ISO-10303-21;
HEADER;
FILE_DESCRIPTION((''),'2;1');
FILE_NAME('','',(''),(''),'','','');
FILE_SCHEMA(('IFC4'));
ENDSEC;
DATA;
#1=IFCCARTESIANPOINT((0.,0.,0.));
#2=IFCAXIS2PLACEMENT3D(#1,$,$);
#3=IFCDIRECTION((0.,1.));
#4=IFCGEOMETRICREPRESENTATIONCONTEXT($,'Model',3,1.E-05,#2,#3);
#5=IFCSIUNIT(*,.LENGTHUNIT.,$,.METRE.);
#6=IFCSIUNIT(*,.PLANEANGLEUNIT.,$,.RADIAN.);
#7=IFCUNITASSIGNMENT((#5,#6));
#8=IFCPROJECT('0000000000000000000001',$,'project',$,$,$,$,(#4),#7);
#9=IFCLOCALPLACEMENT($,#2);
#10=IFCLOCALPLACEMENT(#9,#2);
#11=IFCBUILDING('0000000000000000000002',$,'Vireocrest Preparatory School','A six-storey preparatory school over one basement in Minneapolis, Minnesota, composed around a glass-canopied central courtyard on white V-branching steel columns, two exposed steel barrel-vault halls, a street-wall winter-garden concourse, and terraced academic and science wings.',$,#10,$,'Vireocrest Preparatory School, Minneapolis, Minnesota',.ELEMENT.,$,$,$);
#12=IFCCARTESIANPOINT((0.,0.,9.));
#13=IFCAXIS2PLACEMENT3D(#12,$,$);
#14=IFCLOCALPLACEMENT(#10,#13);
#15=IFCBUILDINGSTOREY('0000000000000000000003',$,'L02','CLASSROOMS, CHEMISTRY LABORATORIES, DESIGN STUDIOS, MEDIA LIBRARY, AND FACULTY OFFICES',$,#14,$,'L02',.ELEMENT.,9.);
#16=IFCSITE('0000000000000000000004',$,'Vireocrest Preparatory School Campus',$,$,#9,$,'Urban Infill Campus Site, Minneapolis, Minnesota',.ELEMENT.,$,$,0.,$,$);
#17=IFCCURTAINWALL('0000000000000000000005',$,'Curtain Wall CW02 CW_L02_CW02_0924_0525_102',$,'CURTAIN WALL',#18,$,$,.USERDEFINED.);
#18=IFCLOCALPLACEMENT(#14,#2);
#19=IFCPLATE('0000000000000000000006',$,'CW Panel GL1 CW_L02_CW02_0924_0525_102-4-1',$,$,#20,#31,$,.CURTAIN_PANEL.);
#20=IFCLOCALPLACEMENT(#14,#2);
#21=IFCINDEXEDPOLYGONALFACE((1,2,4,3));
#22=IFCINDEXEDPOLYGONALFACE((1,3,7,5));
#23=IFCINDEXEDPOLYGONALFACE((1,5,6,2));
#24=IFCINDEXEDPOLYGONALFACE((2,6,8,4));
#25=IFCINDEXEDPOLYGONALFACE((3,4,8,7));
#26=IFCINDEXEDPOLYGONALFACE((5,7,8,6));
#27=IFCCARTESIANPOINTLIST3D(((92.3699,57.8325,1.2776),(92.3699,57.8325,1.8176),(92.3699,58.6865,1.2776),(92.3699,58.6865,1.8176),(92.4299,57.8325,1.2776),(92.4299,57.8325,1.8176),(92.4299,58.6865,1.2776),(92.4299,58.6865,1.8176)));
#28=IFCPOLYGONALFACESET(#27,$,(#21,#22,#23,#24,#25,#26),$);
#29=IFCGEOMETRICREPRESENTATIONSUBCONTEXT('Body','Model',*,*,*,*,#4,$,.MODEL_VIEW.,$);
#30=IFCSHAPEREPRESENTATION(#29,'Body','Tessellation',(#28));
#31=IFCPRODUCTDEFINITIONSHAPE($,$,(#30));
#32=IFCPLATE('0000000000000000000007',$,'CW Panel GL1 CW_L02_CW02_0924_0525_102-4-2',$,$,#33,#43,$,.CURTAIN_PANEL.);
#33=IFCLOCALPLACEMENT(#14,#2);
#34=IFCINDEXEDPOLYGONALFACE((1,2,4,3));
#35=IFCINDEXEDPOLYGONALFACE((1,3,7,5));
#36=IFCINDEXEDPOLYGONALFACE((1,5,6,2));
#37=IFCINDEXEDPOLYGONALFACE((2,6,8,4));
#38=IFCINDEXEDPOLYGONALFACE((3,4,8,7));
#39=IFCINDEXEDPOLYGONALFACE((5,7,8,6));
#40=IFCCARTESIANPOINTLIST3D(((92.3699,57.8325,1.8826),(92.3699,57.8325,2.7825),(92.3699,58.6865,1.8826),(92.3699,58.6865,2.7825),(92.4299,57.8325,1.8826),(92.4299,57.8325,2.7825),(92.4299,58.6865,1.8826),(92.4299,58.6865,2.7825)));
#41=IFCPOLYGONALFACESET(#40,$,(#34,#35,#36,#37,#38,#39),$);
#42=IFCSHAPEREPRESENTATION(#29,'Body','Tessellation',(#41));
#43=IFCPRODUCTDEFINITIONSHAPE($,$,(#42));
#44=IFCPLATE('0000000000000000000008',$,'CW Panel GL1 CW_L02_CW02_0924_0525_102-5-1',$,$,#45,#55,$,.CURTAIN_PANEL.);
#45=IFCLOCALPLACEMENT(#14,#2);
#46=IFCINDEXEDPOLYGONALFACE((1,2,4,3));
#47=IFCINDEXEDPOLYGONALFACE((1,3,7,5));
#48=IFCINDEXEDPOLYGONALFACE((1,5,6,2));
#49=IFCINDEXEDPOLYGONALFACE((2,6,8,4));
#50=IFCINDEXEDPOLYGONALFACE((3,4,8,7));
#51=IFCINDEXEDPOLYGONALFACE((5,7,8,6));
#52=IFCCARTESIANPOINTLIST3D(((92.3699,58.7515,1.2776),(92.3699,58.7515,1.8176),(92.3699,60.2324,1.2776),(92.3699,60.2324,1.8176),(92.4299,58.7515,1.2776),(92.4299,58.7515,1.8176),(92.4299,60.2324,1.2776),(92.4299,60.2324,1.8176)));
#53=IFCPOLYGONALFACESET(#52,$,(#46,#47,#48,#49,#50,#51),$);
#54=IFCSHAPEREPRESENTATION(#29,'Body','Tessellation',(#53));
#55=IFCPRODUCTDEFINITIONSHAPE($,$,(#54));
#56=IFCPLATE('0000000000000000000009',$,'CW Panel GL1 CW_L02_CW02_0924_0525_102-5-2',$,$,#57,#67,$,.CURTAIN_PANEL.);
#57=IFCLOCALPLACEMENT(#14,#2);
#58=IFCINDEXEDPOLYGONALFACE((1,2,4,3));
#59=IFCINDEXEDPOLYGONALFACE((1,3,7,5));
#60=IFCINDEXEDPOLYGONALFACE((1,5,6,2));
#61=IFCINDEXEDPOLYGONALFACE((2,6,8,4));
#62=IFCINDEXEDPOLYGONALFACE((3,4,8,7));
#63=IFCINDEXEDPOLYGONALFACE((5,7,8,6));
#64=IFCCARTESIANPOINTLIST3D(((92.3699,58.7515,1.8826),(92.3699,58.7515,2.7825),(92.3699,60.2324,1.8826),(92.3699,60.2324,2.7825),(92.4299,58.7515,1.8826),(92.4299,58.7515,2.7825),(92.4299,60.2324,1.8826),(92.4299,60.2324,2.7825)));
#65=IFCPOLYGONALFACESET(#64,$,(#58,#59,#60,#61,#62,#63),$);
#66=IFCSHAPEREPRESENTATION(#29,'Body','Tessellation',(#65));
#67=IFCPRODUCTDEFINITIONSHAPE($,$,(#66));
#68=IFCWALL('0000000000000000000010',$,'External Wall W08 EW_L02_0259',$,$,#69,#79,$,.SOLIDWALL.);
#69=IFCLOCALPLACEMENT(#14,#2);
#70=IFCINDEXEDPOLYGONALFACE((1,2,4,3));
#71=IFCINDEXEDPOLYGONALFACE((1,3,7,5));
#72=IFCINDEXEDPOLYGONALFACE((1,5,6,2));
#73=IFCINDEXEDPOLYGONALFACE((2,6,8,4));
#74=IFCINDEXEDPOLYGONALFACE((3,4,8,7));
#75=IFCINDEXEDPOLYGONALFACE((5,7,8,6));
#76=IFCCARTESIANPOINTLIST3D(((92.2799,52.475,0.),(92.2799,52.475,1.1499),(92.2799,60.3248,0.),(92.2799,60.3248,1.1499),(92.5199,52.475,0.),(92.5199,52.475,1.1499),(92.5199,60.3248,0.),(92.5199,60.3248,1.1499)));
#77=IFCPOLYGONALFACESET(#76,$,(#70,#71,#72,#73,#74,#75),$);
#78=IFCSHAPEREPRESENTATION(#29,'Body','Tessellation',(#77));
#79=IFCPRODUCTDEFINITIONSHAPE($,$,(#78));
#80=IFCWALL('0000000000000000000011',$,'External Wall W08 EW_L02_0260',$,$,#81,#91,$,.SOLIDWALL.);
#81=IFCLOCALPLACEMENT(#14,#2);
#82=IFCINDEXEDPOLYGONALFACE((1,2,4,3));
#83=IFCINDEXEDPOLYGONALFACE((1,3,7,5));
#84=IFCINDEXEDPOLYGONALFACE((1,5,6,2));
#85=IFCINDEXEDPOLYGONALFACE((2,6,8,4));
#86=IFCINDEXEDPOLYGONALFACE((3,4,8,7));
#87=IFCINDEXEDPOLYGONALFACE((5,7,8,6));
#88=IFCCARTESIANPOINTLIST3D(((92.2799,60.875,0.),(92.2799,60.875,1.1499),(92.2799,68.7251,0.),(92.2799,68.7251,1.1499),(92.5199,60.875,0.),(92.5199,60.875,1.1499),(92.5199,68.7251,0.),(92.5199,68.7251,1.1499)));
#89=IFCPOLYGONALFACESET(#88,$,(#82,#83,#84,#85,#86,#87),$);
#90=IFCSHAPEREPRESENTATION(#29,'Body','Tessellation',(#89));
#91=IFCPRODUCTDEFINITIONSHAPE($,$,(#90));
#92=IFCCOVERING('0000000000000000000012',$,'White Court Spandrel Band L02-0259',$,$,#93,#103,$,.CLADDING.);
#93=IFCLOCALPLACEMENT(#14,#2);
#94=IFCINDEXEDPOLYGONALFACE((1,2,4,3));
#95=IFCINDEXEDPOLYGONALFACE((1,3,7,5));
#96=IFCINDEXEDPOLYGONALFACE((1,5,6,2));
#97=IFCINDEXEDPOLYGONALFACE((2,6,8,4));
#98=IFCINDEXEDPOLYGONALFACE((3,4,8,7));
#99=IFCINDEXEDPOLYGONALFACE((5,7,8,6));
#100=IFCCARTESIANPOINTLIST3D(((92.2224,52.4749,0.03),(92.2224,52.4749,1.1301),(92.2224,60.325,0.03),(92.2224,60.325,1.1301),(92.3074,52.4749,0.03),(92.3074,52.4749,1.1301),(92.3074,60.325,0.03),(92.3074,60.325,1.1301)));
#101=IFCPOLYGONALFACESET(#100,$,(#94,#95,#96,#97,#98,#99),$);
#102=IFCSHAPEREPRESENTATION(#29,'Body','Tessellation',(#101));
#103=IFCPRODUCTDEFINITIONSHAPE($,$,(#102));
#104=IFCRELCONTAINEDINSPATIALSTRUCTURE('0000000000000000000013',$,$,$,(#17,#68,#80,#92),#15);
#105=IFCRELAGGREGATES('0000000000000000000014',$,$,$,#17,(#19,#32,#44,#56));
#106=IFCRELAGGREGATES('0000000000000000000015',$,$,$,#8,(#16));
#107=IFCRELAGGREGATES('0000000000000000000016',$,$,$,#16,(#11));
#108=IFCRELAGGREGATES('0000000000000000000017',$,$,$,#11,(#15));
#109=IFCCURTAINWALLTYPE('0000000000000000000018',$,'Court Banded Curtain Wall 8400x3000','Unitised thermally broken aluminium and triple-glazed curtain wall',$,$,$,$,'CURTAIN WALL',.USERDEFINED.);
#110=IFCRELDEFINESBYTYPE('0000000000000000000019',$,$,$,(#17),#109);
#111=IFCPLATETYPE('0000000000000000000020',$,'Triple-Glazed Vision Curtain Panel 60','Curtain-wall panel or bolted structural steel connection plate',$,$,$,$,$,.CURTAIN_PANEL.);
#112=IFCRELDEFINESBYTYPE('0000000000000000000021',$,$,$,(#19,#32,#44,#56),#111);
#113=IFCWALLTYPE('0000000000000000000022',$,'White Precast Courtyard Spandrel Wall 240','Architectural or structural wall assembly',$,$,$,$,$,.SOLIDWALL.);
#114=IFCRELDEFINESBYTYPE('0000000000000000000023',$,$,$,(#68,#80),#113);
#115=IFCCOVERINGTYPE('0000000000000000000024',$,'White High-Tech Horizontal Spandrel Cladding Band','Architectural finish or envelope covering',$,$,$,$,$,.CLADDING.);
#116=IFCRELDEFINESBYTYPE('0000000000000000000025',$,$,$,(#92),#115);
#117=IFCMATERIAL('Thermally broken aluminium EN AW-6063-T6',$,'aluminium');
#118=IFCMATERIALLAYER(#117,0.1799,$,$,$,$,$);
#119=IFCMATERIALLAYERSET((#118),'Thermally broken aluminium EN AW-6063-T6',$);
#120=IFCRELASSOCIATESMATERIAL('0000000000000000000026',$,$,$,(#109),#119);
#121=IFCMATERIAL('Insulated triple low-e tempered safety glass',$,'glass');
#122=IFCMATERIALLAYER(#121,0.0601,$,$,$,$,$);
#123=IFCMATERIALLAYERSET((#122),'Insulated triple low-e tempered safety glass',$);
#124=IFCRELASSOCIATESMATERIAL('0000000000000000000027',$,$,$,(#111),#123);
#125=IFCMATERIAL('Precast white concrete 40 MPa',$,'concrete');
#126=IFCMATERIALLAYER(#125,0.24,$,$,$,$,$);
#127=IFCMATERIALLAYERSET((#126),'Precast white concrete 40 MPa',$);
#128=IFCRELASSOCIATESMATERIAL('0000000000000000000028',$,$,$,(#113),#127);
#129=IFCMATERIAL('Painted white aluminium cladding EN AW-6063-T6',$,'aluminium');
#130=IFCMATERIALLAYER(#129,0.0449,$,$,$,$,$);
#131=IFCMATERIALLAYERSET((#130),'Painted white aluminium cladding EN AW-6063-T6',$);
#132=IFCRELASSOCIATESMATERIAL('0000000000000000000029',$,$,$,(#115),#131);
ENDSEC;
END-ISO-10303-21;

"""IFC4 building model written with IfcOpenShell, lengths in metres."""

from ifc_helpers import new_model, si_unit, direction, frame, frame_2d, origin, origin_2d, place, context, subcontext, project, spatial, rectangle, extrude, material, layer, layer_set, type_object, element, aggregate, save


model = new_model("IFC4")

# Units and contexts
model_context = context("Model", 3, precision=1e-05, world=origin(), true_north=direction((0.0, 1.0)))
body_context = subcontext(model_context, "Body", "Model", "MODEL_VIEW")
ifc_project = project(units=[si_unit("LENGTHUNIT", "METRE"), si_unit("PLANEANGLEUNIT", "RADIAN")], contexts=[model_context])

# Site, building, storey
site_placement = place(None, origin())
site = spatial("IfcSite", under=ifc_project, at=site_placement, Name="Vireocrest Preparatory School Campus", LongName="Urban Infill Campus Site, Minneapolis, Minnesota", CompositionType="ELEMENT", RefElevation=0.0)
building_placement = place(site_placement, origin())
building = spatial("IfcBuilding", under=site, at=building_placement, Name="Vireocrest Preparatory School", Description="A six-storey preparatory school over one basement in Minneapolis, Minnesota, composed around a glass-canopied central courtyard on white V-branching steel columns, two exposed steel barrel-vault halls, a street-wall winter-garden concourse, and terraced academic and science wings.", LongName="Vireocrest Preparatory School, Minneapolis, Minnesota", CompositionType="ELEMENT")
storey_placement = place(building_placement, frame((0.0, 0.0, 9.0)))
storey = spatial("IfcBuildingStorey", under=building, at=storey_placement, Name="L02", Description="CLASSROOMS, CHEMISTRY LABORATORIES, DESIGN STUDIOS, MEDIA LIBRARY, AND FACULTY OFFICES", LongName="L02", CompositionType="ELEMENT", Elevation=9.0)

# Curtain wall
ifc_material_1 = material(Name="Thermally broken aluminium EN AW-6063-T6", Category="aluminium")
ifc_layer_1 = layer(ifc_material_1, 0.1799)
ifc_layer_set_1 = layer_set([ifc_layer_1], Name="Thermally broken aluminium EN AW-6063-T6")
curtain_wall_type = type_object("IfcCurtainWallType", Name="Court Banded Curtain Wall 8400x3000", Description="Unitised thermally broken aluminium and triple-glazed curtain wall", ElementType="CURTAIN WALL", PredefinedType="USERDEFINED", material=ifc_layer_set_1)
curtain_wall_1_placement = place(storey_placement, origin())
curtain_wall_1 = element("IfcCurtainWall", 1, at=curtain_wall_1_placement, inside=storey, type_object=curtain_wall_type, Name="Curtain Wall CW02 CW_L02_CW02_0924_0525_102", ObjectType="CURTAIN WALL", PredefinedType="USERDEFINED")

# Plates
ifc_material_2 = material(Name="Insulated triple low-e tempered safety glass", Category="glass")
ifc_layer_2 = layer(ifc_material_2, 0.0601)
ifc_layer_set_2 = layer_set([ifc_layer_2], Name="Insulated triple low-e tempered safety glass")
plate_type = type_object("IfcPlateType", Name="Triple-Glazed Vision Curtain Panel 60", Description="Curtain-wall panel or bolted structural steel connection plate", PredefinedType="CURTAIN_PANEL", material=ifc_layer_set_2)
plate_1_placement = place(storey_placement, frame((92.3999, 58.2595, 1.2776), z_axis=(0.0, 0.0, 1.0), x_axis=(0.0, 1.0, 0.0)))
plate_1 = element("IfcPlate", 2, at=plate_1_placement, type_object=plate_type, Name="CW Panel GL1 CW_L02_CW02_0924_0525_102-4-1", PredefinedType="CURTAIN_PANEL", context=body_context, shape_type="SweptSolid", body=[
    extrude(rectangle(XDim=0.854, YDim=0.0601, at=origin_2d()), origin(), (0.0, 0.0, 1.0), 0.54),
])
plate_2_placement = place(storey_placement, frame((92.3999, 58.2595, 1.8826), z_axis=(0.0, 0.0, 1.0), x_axis=(0.0, 1.0, 0.0)))
plate_2 = element("IfcPlate", 3, at=plate_2_placement, type_object=plate_type, Name="CW Panel GL1 CW_L02_CW02_0924_0525_102-4-2", PredefinedType="CURTAIN_PANEL", context=body_context, shape_type="SweptSolid", body=[
    extrude(rectangle(XDim=0.854, YDim=0.0601, at=origin_2d()), origin(), (0.0, 0.0, 1.0), 0.8999),
])
plate_3_placement = place(storey_placement, frame((92.3999, 59.4919, 1.2776), z_axis=(0.0, 0.0, 1.0), x_axis=(0.0, 1.0, 0.0)))
plate_3 = element("IfcPlate", 4, at=plate_3_placement, type_object=plate_type, Name="CW Panel GL1 CW_L02_CW02_0924_0525_102-5-1", PredefinedType="CURTAIN_PANEL", context=body_context, shape_type="SweptSolid", body=[
    extrude(rectangle(XDim=1.481, YDim=0.0601, at=origin_2d()), origin(), (0.0, 0.0, 1.0), 0.54),
])
plate_4_placement = place(storey_placement, frame((92.3999, 59.4919, 1.8826), z_axis=(0.0, 0.0, 1.0), x_axis=(0.0, 1.0, 0.0)))
plate_4 = element("IfcPlate", 5, at=plate_4_placement, type_object=plate_type, Name="CW Panel GL1 CW_L02_CW02_0924_0525_102-5-2", PredefinedType="CURTAIN_PANEL", context=body_context, shape_type="SweptSolid", body=[
    extrude(rectangle(XDim=1.481, YDim=0.0601, at=origin_2d()), origin(), (0.0, 0.0, 1.0), 0.8999),
])
aggregate(curtain_wall_1, [plate_1, plate_2, plate_3, plate_4])

# Walls
ifc_material_3 = material(Name="Precast white concrete 40 MPa", Category="concrete")
ifc_layer_3 = layer(ifc_material_3, 0.24)
ifc_layer_set_3 = layer_set([ifc_layer_3], Name="Precast white concrete 40 MPa")
wall_type = type_object("IfcWallType", Name="White Precast Courtyard Spandrel Wall 240", Description="Architectural or structural wall assembly", PredefinedType="SOLIDWALL", material=ifc_layer_set_3)
wall_1_placement = place(storey_placement, frame((92.3999, 52.4751, 0.0), z_axis=(0.0, 0.0, 1.0), x_axis=(0.0, 1.0, 0.0)))
element("IfcWall", 6, at=wall_1_placement, inside=storey, type_object=wall_type, Name="External Wall W08 EW_L02_0259", PredefinedType="SOLIDWALL", context=body_context, shape_type="SweptSolid", body=[
    extrude(rectangle(XDim=7.8499, YDim=0.24, at=frame_2d((3.9248, 0.0))), origin(), (0.0, 0.0, 1.0), 1.1499),
])
wall_2_placement = place(storey_placement, frame((92.3999, 60.875, 0.0), z_axis=(0.0, 0.0, 1.0), x_axis=(0.0, 1.0, 0.0)))
element("IfcWall", 7, at=wall_2_placement, inside=storey, type_object=wall_type, Name="External Wall W08 EW_L02_0260", PredefinedType="SOLIDWALL", context=body_context, shape_type="SweptSolid", body=[
    extrude(rectangle(XDim=7.8501, YDim=0.24, at=frame_2d((3.925, 0.0))), origin(), (0.0, 0.0, 1.0), 1.1499),
])

# Covering
ifc_material_4 = material(Name="Painted white aluminium cladding EN AW-6063-T6", Category="aluminium")
ifc_layer_4 = layer(ifc_material_4, 0.0449)
ifc_layer_set_4 = layer_set([ifc_layer_4], Name="Painted white aluminium cladding EN AW-6063-T6")
covering_type = type_object("IfcCoveringType", Name="White High-Tech Horizontal Spandrel Cladding Band", Description="Architectural finish or envelope covering", PredefinedType="CLADDING", material=ifc_layer_set_4)
covering_placement = place(storey_placement, frame((92.2649, 56.3999, 0.03), z_axis=(0.0, 0.0, 1.0), x_axis=(1.0, 0.0, 0.0)))
element("IfcCovering", 8, at=covering_placement, inside=storey, type_object=covering_type, Name="White Court Spandrel Band L02-0259", PredefinedType="CLADDING", context=body_context, shape_type="SweptSolid", body=[
    extrude(rectangle(XDim=0.085, YDim=7.8501, at=origin_2d()), origin(), (0.0, 0.0, 1.0), 1.1001),
])

save(model, "model.ifc")
